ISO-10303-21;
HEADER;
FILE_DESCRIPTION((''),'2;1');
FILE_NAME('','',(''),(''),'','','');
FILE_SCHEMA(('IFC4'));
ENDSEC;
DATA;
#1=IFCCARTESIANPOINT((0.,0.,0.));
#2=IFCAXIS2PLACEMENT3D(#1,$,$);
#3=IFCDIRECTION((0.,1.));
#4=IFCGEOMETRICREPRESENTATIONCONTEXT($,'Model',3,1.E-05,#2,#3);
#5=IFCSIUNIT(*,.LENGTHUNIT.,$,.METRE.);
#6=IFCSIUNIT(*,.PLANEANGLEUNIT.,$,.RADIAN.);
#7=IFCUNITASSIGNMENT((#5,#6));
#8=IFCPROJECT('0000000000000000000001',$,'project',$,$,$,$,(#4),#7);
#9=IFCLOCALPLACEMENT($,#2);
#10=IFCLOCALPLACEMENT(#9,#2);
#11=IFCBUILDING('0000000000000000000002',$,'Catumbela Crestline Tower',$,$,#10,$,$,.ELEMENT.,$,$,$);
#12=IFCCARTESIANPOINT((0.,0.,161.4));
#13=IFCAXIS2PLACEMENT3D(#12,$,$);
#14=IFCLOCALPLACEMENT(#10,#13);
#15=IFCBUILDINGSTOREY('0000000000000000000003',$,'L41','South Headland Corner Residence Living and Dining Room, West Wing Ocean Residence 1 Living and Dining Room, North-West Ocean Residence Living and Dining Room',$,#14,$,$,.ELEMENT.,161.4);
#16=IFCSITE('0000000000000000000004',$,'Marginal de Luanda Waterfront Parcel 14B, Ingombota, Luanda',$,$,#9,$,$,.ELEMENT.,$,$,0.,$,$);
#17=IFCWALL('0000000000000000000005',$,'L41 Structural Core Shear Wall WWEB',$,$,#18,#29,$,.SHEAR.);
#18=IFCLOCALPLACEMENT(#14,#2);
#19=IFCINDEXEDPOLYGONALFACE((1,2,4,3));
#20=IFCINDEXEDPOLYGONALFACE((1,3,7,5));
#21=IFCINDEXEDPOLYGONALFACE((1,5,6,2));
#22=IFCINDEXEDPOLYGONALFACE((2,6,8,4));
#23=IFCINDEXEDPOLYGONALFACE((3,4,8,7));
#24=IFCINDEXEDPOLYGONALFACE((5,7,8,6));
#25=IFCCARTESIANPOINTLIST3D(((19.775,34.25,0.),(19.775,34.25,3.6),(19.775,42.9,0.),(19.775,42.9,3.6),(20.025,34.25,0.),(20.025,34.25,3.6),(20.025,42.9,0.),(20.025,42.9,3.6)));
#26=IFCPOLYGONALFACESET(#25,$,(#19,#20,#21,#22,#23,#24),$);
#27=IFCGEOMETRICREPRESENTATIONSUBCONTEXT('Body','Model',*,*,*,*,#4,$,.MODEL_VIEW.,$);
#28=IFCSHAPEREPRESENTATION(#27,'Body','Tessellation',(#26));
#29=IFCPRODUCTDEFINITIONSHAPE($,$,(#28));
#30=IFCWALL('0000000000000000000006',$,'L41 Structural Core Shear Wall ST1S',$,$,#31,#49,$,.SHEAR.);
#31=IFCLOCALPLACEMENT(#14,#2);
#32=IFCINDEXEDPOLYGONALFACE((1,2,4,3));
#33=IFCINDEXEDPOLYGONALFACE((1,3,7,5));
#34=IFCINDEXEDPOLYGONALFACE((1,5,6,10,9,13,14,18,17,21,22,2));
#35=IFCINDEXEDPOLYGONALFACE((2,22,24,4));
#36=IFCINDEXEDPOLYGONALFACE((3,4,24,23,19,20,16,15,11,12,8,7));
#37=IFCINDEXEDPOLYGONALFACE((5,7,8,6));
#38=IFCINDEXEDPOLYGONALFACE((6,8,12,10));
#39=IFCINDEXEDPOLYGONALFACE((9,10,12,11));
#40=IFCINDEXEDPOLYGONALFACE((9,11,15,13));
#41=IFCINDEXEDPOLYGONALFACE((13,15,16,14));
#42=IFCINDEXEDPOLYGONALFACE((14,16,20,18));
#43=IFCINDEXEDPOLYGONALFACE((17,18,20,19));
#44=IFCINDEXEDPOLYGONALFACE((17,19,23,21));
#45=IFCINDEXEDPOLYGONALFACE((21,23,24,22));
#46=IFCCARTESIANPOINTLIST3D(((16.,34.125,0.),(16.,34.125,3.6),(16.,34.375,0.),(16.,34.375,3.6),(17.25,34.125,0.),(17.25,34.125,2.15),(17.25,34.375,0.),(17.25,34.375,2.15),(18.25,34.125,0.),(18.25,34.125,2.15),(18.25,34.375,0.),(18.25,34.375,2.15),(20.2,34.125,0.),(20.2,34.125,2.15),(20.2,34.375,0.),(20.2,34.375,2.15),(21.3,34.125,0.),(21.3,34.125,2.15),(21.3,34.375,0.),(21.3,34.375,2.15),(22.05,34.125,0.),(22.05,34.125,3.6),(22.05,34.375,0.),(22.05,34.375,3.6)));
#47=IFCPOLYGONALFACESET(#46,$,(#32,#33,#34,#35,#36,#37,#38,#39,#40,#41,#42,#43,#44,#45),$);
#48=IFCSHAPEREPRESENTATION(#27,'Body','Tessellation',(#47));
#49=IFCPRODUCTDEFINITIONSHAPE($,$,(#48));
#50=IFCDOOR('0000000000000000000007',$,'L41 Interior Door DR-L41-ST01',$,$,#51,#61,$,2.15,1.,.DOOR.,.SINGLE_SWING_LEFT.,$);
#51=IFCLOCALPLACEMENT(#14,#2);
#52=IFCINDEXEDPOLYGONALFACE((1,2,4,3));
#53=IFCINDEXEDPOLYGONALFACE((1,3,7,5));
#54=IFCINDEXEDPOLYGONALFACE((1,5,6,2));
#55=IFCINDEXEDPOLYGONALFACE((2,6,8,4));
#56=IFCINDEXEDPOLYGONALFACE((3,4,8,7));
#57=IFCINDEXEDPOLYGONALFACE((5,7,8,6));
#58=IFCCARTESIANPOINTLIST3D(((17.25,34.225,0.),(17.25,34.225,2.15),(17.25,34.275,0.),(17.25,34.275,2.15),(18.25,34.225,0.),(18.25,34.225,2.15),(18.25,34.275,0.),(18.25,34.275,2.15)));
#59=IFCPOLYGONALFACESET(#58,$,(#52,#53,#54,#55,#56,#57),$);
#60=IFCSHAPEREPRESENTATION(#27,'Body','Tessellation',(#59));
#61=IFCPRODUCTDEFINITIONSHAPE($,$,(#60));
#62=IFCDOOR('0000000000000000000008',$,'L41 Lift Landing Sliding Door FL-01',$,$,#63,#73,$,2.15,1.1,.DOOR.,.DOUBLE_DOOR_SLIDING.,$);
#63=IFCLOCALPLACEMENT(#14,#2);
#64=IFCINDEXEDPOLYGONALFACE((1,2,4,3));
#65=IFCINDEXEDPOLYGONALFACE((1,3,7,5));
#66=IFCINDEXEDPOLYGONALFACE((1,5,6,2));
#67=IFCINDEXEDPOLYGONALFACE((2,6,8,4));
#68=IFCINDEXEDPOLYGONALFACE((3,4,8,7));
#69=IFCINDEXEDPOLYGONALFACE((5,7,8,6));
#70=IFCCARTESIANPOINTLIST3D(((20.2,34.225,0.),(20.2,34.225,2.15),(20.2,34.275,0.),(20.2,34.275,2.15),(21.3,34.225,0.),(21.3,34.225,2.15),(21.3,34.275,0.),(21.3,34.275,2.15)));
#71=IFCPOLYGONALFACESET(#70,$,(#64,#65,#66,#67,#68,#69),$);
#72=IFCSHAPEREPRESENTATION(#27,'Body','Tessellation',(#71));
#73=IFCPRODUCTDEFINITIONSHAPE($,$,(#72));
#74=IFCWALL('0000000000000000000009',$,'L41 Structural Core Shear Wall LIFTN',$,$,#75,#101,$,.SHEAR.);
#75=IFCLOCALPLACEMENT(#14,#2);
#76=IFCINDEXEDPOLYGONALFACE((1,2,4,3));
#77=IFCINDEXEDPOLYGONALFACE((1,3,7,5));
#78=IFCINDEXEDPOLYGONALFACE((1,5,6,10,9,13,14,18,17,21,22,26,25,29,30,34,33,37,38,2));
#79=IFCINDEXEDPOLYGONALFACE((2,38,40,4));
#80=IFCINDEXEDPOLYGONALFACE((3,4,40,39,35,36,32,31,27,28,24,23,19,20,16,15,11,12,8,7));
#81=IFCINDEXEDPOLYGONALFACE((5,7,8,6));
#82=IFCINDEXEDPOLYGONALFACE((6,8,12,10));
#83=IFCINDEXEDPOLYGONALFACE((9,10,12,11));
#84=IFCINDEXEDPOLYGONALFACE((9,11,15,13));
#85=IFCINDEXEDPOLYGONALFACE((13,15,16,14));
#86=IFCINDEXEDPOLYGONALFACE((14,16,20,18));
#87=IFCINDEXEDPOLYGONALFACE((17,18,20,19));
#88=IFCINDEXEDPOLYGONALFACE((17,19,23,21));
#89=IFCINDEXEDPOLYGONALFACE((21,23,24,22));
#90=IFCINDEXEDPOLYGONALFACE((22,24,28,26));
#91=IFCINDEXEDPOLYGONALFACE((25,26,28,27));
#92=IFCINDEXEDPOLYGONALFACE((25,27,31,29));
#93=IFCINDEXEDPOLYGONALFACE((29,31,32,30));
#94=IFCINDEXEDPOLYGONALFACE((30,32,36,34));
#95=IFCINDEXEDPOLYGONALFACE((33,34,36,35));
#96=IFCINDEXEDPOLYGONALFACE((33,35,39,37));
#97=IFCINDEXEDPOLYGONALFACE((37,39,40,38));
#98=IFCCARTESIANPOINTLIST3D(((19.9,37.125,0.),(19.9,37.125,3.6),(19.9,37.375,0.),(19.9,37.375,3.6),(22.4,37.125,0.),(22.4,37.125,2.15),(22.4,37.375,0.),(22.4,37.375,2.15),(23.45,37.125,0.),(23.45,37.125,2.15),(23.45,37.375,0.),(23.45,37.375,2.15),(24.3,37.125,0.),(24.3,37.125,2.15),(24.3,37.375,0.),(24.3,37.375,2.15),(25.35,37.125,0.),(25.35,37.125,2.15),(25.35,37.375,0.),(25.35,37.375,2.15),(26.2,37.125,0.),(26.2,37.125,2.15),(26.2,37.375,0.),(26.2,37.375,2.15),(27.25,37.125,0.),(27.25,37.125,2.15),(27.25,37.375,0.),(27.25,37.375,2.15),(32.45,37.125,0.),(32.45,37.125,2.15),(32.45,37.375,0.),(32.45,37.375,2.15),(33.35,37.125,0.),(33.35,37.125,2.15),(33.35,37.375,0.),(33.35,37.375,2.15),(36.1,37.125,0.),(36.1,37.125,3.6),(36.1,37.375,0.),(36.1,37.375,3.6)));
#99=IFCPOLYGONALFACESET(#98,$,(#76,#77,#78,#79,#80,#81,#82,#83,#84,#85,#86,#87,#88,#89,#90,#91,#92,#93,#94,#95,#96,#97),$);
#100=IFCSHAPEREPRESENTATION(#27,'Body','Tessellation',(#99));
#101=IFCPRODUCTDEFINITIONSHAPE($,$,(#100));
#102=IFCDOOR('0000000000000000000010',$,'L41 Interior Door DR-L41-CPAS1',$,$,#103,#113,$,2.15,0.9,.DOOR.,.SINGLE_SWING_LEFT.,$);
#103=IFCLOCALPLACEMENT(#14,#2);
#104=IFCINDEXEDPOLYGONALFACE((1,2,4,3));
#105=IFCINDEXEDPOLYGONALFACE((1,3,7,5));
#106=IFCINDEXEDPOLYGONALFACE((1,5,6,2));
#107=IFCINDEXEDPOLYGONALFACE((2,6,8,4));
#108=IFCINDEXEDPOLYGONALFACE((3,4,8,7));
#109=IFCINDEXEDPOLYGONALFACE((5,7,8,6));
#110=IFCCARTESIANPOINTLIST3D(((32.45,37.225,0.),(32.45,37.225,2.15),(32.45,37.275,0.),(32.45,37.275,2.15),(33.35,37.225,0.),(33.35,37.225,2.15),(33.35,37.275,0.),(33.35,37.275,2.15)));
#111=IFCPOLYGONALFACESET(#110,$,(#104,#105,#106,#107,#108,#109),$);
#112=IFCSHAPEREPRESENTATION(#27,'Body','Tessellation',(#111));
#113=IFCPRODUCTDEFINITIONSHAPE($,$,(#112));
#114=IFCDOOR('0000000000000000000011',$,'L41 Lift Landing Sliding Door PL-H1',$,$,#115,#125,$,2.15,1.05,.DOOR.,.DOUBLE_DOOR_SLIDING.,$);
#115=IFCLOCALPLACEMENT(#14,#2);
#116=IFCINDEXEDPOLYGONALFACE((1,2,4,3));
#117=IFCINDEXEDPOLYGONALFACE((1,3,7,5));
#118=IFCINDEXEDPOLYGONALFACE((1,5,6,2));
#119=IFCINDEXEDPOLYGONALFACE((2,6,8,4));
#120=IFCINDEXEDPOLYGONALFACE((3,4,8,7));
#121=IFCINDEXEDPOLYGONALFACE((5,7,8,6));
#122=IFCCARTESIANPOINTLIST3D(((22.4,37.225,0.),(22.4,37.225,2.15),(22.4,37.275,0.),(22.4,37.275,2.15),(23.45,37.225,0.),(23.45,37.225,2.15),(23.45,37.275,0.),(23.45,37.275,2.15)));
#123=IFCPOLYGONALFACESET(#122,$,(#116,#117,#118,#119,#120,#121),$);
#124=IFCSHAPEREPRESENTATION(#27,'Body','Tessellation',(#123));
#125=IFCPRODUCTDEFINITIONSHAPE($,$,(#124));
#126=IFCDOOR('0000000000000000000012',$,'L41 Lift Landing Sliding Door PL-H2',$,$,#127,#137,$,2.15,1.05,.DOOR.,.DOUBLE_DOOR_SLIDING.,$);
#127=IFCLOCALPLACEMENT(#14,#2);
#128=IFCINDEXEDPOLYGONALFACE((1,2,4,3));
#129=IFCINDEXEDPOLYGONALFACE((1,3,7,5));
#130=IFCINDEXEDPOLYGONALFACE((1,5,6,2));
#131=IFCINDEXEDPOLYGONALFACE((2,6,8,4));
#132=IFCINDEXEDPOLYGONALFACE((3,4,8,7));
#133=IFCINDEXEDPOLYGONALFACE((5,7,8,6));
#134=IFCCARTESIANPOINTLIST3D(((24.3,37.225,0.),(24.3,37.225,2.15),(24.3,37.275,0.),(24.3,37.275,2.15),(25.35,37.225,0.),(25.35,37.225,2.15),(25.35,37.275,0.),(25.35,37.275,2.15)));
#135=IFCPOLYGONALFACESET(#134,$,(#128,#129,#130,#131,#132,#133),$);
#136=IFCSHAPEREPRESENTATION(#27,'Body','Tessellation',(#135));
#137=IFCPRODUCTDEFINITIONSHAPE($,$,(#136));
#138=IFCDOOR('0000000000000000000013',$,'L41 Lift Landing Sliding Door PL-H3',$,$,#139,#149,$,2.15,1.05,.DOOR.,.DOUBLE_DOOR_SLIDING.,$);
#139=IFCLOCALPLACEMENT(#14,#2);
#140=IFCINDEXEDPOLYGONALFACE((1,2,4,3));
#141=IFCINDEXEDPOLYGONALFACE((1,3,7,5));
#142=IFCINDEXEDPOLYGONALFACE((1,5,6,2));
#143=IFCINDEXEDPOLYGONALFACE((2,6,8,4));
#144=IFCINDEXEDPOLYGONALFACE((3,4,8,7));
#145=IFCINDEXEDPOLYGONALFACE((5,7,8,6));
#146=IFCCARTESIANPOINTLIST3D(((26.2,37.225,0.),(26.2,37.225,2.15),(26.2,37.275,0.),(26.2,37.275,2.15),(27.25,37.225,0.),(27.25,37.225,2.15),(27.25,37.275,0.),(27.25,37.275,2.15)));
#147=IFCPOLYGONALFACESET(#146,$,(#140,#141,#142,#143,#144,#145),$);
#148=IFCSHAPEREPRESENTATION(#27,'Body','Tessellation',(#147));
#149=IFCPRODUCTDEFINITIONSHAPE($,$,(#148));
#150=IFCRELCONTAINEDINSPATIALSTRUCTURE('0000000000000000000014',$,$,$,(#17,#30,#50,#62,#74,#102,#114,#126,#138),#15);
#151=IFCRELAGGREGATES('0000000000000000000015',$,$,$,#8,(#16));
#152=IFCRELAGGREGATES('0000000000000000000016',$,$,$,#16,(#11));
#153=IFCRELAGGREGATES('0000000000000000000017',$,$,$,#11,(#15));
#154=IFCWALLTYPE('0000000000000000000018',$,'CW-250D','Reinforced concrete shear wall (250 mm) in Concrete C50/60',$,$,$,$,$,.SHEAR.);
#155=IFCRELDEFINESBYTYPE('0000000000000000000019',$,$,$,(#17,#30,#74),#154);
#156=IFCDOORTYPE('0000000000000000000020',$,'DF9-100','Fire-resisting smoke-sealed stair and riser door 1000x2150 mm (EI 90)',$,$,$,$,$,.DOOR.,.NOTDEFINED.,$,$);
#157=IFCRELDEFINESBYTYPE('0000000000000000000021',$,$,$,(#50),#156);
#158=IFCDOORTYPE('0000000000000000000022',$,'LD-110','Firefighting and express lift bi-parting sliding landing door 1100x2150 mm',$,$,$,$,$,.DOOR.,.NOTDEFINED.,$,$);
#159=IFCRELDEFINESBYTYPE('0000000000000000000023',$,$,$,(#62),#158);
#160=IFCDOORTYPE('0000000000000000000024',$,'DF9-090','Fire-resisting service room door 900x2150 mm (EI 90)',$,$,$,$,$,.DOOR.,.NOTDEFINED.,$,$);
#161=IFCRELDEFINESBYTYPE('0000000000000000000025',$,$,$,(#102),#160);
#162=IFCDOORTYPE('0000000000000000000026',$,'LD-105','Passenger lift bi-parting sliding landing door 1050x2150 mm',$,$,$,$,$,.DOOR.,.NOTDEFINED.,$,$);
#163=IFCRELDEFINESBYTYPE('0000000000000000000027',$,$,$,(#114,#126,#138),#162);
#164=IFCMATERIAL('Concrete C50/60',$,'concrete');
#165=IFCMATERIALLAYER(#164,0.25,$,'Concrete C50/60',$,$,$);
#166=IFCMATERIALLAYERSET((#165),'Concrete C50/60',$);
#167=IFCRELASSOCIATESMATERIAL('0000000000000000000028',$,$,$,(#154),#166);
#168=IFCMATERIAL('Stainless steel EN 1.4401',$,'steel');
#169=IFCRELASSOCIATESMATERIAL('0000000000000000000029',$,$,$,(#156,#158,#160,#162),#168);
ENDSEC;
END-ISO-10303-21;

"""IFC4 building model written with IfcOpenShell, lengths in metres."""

from ifc_helpers import new_model, si_unit, direction, frame, frame_2d, origin, place, context, subcontext, project, spatial, rectangle, extrude, material, layer, layer_set, type_object, element, fill, save


model = new_model("IFC4")

# Units and contexts
model_context = context("Model", 3, precision=1e-05, world=origin(), true_north=direction((0.0, 1.0)))
body_context = subcontext(model_context, "Body", "Model", "MODEL_VIEW")
ifc_project = project(units=[si_unit("LENGTHUNIT", "METRE"), si_unit("PLANEANGLEUNIT", "RADIAN")], contexts=[model_context])

# Site, building, storey
site_placement = place(None, origin())
site = spatial("IfcSite", under=ifc_project, at=site_placement, Name="Marginal de Luanda Waterfront Parcel 14B, Ingombota, Luanda", CompositionType="ELEMENT", RefElevation=0.0)
building_placement = place(site_placement, origin())
building = spatial("IfcBuilding", under=site, at=building_placement, Name="Catumbela Crestline Tower", CompositionType="ELEMENT")
storey_placement = place(building_placement, frame((0.0, 0.0, 161.4)))
storey = spatial("IfcBuildingStorey", under=building, at=storey_placement, Name="L41", Description="South Headland Corner Residence Living and Dining Room, West Wing Ocean Residence 1 Living and Dining Room, North-West Ocean Residence Living and Dining Room", CompositionType="ELEMENT", Elevation=161.4)

# Wall
ifc_material_1 = material(Name="Concrete C50/60", Category="concrete")
ifc_layer_1 = layer(ifc_material_1, 0.25, Name="Concrete C50/60")
ifc_layer_set_1 = layer_set([ifc_layer_1], Name="Concrete C50/60")
wall_type_1 = type_object("IfcWallType", Name="CW-250D", Description="Reinforced concrete shear wall (250 mm) in Concrete C50/60", PredefinedType="SHEAR", material=ifc_layer_set_1)
wall_1_placement = place(storey_placement, frame((19.9, 34.25, 0.0), z_axis=(0.0, 0.0, 1.0), x_axis=(0.0, 1.0, 0.0)))
element("IfcWall", 1, at=wall_1_placement, inside=storey, type_object=wall_type_1, Name="L41 Structural Core Shear Wall WWEB", PredefinedType="SHEAR", context=body_context, shape_type="SweptSolid", body=[
    extrude(rectangle(XDim=8.65, YDim=0.25, at=frame_2d((4.325, 0.0))), origin(), (0.0, 0.0, 1.0), 3.6),
])

# Walls, openings, doors
wall_2_placement = place(storey_placement, frame((16.0, 34.25, 0.0), z_axis=(0.0, 0.0, 1.0), x_axis=(1.0, 0.0, 0.0)))
wall_2 = element("IfcWall", 2, at=wall_2_placement, inside=storey, type_object=wall_type_1, Name="L41 Structural Core Shear Wall ST1S", PredefinedType="SHEAR", context=body_context, shape_type="SweptSolid", body=[
    extrude(rectangle(XDim=6.05, YDim=0.25, at=frame_2d((3.025, 0.0))), origin(), (0.0, 0.0, 1.0), 3.6),
])
opening_1_placement = place(wall_2_placement, frame((1.25, 0.0, 0.0)))
opening_1 = element("IfcOpeningElement", 3, at=opening_1_placement, cuts=wall_2, PredefinedType="OPENING", context=body_context, shape_type="SweptSolid", body=[
    extrude(rectangle(XDim=1.0, YDim=2.15, at=frame_2d((0.5, 1.075))), frame((0.0, 0.135, 0.0), z_axis=(0.0, -1.0, 0.0), x_axis=(1.0, 0.0, 0.0)), (0.0, 0.0, 1.0), 0.27),
])
opening_2_placement = place(wall_2_placement, frame((4.2, 0.0, 0.0)))
opening_2 = element("IfcOpeningElement", 4, at=opening_2_placement, cuts=wall_2, PredefinedType="OPENING", context=body_context, shape_type="SweptSolid", body=[
    extrude(rectangle(XDim=1.1, YDim=2.15, at=frame_2d((0.55, 1.075))), frame((0.0, 0.135, 0.0), z_axis=(0.0, -1.0, 0.0), x_axis=(1.0, 0.0, 0.0)), (0.0, 0.0, 1.0), 0.27),
])
ifc_material_2 = material(Name="Stainless steel EN 1.4401", Category="steel")
door_type_1 = type_object("IfcDoorType", Name="DF9-100", Description="Fire-resisting smoke-sealed stair and riser door 1000x2150 mm (EI 90)", OperationType="NOTDEFINED", PredefinedType="DOOR", material=ifc_material_2)
door_1_placement = place(opening_1_placement, origin())
door_1 = element("IfcDoor", 5, at=door_1_placement, inside=storey, type_object=door_type_1, Name="L41 Interior Door DR-L41-ST01", OperationType="SINGLE_SWING_LEFT", OverallHeight=2.15, OverallWidth=1.0, PredefinedType="DOOR", context=body_context, shape_type="SweptSolid", body=[
    extrude(rectangle(XDim=1.0, YDim=2.15, at=frame_2d((0.5, 1.075))), frame((0.0, 0.025, 0.0), z_axis=(0.0, -1.0, 0.0), x_axis=(1.0, 0.0, 0.0)), (0.0, 0.0, 1.0), 0.05),
])
fill(opening_1, door_1)
door_type_2 = type_object("IfcDoorType", Name="LD-110", Description="Firefighting and express lift bi-parting sliding landing door 1100x2150 mm", OperationType="NOTDEFINED", PredefinedType="DOOR", material=ifc_material_2)
door_2_placement = place(opening_2_placement, origin())
door_2 = element("IfcDoor", 6, at=door_2_placement, inside=storey, type_object=door_type_2, Name="L41 Lift Landing Sliding Door FL-01", OperationType="DOUBLE_DOOR_SLIDING", OverallHeight=2.15, OverallWidth=1.1, PredefinedType="DOOR", context=body_context, shape_type="SweptSolid", body=[
    extrude(rectangle(XDim=1.1, YDim=2.15, at=frame_2d((0.55, 1.075))), frame((0.0, 0.025, 0.0), z_axis=(0.0, -1.0, 0.0), x_axis=(1.0, 0.0, 0.0)), (0.0, 0.0, 1.0), 0.05),
])
fill(opening_2, door_2)
wall_3_placement = place(storey_placement, frame((19.9, 37.25, 0.0), z_axis=(0.0, 0.0, 1.0), x_axis=(1.0, 0.0, 0.0)))
wall_3 = element("IfcWall", 7, at=wall_3_placement, inside=storey, type_object=wall_type_1, Name="L41 Structural Core Shear Wall LIFTN", PredefinedType="SHEAR", context=body_context, shape_type="SweptSolid", body=[
    extrude(rectangle(XDim=16.2, YDim=0.25, at=frame_2d((8.1, 0.0))), origin(), (0.0, 0.0, 1.0), 3.6),
])
opening_3_placement = place(wall_3_placement, frame((12.55, 0.0, 0.0)))
opening_3 = element("IfcOpeningElement", 8, at=opening_3_placement, cuts=wall_3, PredefinedType="OPENING", context=body_context, shape_type="SweptSolid", body=[
    extrude(rectangle(XDim=0.9, YDim=2.15, at=frame_2d((0.45, 1.075))), frame((0.0, 0.135, 0.0), z_axis=(0.0, -1.0, 0.0), x_axis=(1.0, 0.0, 0.0)), (0.0, 0.0, 1.0), 0.27),
])
opening_4_placement = place(wall_3_placement, frame((2.5, 0.0, 0.0)))
opening_4 = element("IfcOpeningElement", 9, at=opening_4_placement, cuts=wall_3, PredefinedType="OPENING", context=body_context, shape_type="SweptSolid", body=[
    extrude(rectangle(XDim=1.05, YDim=2.15, at=frame_2d((0.525, 1.075))), frame((0.0, 0.135, 0.0), z_axis=(0.0, -1.0, 0.0), x_axis=(1.0, 0.0, 0.0)), (0.0, 0.0, 1.0), 0.27),
])
opening_5_placement = place(wall_3_placement, frame((4.4, 0.0, 0.0)))
opening_5 = element("IfcOpeningElement", 10, at=opening_5_placement, cuts=wall_3, PredefinedType="OPENING", context=body_context, shape_type="SweptSolid", body=[
    extrude(rectangle(XDim=1.05, YDim=2.15, at=frame_2d((0.525, 1.075))), frame((0.0, 0.135, 0.0), z_axis=(0.0, -1.0, 0.0), x_axis=(1.0, 0.0, 0.0)), (0.0, 0.0, 1.0), 0.27),
])
opening_6_placement = place(wall_3_placement, frame((6.3, 0.0, 0.0)))
opening_6 = element("IfcOpeningElement", 11, at=opening_6_placement, cuts=wall_3, PredefinedType="OPENING", context=body_context, shape_type="SweptSolid", body=[
    extrude(rectangle(XDim=1.05, YDim=2.15, at=frame_2d((0.525, 1.075))), frame((0.0, 0.135, 0.0), z_axis=(0.0, -1.0, 0.0), x_axis=(1.0, 0.0, 0.0)), (0.0, 0.0, 1.0), 0.27),
])
door_type_3 = type_object("IfcDoorType", Name="DF9-090", Description="Fire-resisting service room door 900x2150 mm (EI 90)", OperationType="NOTDEFINED", PredefinedType="DOOR", material=ifc_material_2)
door_3_placement = place(opening_3_placement, origin())
door_3 = element("IfcDoor", 12, at=door_3_placement, inside=storey, type_object=door_type_3, Name="L41 Interior Door DR-L41-CPAS1", OperationType="SINGLE_SWING_LEFT", OverallHeight=2.15, OverallWidth=0.9, PredefinedType="DOOR", context=body_context, shape_type="SweptSolid", body=[
    extrude(rectangle(XDim=0.9, YDim=2.15, at=frame_2d((0.45, 1.075))), frame((0.0, 0.025, 0.0), z_axis=(0.0, -1.0, 0.0), x_axis=(1.0, 0.0, 0.0)), (0.0, 0.0, 1.0), 0.05),
])
fill(opening_3, door_3)
door_type_4 = type_object("IfcDoorType", Name="LD-105", Description="Passenger lift bi-parting sliding landing door 1050x2150 mm", OperationType="NOTDEFINED", PredefinedType="DOOR", material=ifc_material_2)
door_4_placement = place(opening_4_placement, origin())
door_4 = element("IfcDoor", 13, at=door_4_placement, inside=storey, type_object=door_type_4, Name="L41 Lift Landing Sliding Door PL-H1", OperationType="DOUBLE_DOOR_SLIDING", OverallHeight=2.15, OverallWidth=1.05, PredefinedType="DOOR", context=body_context, shape_type="SweptSolid", body=[
    extrude(rectangle(XDim=1.05, YDim=2.15, at=frame_2d((0.525, 1.075))), frame((0.0, 0.025, 0.0), z_axis=(0.0, -1.0, 0.0), x_axis=(1.0, 0.0, 0.0)), (0.0, 0.0, 1.0), 0.05),
])
fill(opening_4, door_4)
door_5_placement = place(opening_5_placement, origin())
door_5 = element("IfcDoor", 14, at=door_5_placement, inside=storey, type_object=door_type_4, Name="L41 Lift Landing Sliding Door PL-H2", OperationType="DOUBLE_DOOR_SLIDING", OverallHeight=2.15, OverallWidth=1.05, PredefinedType="DOOR", context=body_context, shape_type="SweptSolid", body=[
    extrude(rectangle(XDim=1.05, YDim=2.15, at=frame_2d((0.525, 1.075))), frame((0.0, 0.025, 0.0), z_axis=(0.0, -1.0, 0.0), x_axis=(1.0, 0.0, 0.0)), (0.0, 0.0, 1.0), 0.05),
])
fill(opening_5, door_5)
door_6_placement = place(opening_6_placement, origin())
door_6 = element("IfcDoor", 15, at=door_6_placement, inside=storey, type_object=door_type_4, Name="L41 Lift Landing Sliding Door PL-H3", OperationType="DOUBLE_DOOR_SLIDING", OverallHeight=2.15, OverallWidth=1.05, PredefinedType="DOOR", context=body_context, shape_type="SweptSolid", body=[
    extrude(rectangle(XDim=1.05, YDim=2.15, at=frame_2d((0.525, 1.075))), frame((0.0, 0.025, 0.0), z_axis=(0.0, -1.0, 0.0), x_axis=(1.0, 0.0, 0.0)), (0.0, 0.0, 1.0), 0.05),
])
fill(opening_6, door_6)

save(model, "model.ifc")
